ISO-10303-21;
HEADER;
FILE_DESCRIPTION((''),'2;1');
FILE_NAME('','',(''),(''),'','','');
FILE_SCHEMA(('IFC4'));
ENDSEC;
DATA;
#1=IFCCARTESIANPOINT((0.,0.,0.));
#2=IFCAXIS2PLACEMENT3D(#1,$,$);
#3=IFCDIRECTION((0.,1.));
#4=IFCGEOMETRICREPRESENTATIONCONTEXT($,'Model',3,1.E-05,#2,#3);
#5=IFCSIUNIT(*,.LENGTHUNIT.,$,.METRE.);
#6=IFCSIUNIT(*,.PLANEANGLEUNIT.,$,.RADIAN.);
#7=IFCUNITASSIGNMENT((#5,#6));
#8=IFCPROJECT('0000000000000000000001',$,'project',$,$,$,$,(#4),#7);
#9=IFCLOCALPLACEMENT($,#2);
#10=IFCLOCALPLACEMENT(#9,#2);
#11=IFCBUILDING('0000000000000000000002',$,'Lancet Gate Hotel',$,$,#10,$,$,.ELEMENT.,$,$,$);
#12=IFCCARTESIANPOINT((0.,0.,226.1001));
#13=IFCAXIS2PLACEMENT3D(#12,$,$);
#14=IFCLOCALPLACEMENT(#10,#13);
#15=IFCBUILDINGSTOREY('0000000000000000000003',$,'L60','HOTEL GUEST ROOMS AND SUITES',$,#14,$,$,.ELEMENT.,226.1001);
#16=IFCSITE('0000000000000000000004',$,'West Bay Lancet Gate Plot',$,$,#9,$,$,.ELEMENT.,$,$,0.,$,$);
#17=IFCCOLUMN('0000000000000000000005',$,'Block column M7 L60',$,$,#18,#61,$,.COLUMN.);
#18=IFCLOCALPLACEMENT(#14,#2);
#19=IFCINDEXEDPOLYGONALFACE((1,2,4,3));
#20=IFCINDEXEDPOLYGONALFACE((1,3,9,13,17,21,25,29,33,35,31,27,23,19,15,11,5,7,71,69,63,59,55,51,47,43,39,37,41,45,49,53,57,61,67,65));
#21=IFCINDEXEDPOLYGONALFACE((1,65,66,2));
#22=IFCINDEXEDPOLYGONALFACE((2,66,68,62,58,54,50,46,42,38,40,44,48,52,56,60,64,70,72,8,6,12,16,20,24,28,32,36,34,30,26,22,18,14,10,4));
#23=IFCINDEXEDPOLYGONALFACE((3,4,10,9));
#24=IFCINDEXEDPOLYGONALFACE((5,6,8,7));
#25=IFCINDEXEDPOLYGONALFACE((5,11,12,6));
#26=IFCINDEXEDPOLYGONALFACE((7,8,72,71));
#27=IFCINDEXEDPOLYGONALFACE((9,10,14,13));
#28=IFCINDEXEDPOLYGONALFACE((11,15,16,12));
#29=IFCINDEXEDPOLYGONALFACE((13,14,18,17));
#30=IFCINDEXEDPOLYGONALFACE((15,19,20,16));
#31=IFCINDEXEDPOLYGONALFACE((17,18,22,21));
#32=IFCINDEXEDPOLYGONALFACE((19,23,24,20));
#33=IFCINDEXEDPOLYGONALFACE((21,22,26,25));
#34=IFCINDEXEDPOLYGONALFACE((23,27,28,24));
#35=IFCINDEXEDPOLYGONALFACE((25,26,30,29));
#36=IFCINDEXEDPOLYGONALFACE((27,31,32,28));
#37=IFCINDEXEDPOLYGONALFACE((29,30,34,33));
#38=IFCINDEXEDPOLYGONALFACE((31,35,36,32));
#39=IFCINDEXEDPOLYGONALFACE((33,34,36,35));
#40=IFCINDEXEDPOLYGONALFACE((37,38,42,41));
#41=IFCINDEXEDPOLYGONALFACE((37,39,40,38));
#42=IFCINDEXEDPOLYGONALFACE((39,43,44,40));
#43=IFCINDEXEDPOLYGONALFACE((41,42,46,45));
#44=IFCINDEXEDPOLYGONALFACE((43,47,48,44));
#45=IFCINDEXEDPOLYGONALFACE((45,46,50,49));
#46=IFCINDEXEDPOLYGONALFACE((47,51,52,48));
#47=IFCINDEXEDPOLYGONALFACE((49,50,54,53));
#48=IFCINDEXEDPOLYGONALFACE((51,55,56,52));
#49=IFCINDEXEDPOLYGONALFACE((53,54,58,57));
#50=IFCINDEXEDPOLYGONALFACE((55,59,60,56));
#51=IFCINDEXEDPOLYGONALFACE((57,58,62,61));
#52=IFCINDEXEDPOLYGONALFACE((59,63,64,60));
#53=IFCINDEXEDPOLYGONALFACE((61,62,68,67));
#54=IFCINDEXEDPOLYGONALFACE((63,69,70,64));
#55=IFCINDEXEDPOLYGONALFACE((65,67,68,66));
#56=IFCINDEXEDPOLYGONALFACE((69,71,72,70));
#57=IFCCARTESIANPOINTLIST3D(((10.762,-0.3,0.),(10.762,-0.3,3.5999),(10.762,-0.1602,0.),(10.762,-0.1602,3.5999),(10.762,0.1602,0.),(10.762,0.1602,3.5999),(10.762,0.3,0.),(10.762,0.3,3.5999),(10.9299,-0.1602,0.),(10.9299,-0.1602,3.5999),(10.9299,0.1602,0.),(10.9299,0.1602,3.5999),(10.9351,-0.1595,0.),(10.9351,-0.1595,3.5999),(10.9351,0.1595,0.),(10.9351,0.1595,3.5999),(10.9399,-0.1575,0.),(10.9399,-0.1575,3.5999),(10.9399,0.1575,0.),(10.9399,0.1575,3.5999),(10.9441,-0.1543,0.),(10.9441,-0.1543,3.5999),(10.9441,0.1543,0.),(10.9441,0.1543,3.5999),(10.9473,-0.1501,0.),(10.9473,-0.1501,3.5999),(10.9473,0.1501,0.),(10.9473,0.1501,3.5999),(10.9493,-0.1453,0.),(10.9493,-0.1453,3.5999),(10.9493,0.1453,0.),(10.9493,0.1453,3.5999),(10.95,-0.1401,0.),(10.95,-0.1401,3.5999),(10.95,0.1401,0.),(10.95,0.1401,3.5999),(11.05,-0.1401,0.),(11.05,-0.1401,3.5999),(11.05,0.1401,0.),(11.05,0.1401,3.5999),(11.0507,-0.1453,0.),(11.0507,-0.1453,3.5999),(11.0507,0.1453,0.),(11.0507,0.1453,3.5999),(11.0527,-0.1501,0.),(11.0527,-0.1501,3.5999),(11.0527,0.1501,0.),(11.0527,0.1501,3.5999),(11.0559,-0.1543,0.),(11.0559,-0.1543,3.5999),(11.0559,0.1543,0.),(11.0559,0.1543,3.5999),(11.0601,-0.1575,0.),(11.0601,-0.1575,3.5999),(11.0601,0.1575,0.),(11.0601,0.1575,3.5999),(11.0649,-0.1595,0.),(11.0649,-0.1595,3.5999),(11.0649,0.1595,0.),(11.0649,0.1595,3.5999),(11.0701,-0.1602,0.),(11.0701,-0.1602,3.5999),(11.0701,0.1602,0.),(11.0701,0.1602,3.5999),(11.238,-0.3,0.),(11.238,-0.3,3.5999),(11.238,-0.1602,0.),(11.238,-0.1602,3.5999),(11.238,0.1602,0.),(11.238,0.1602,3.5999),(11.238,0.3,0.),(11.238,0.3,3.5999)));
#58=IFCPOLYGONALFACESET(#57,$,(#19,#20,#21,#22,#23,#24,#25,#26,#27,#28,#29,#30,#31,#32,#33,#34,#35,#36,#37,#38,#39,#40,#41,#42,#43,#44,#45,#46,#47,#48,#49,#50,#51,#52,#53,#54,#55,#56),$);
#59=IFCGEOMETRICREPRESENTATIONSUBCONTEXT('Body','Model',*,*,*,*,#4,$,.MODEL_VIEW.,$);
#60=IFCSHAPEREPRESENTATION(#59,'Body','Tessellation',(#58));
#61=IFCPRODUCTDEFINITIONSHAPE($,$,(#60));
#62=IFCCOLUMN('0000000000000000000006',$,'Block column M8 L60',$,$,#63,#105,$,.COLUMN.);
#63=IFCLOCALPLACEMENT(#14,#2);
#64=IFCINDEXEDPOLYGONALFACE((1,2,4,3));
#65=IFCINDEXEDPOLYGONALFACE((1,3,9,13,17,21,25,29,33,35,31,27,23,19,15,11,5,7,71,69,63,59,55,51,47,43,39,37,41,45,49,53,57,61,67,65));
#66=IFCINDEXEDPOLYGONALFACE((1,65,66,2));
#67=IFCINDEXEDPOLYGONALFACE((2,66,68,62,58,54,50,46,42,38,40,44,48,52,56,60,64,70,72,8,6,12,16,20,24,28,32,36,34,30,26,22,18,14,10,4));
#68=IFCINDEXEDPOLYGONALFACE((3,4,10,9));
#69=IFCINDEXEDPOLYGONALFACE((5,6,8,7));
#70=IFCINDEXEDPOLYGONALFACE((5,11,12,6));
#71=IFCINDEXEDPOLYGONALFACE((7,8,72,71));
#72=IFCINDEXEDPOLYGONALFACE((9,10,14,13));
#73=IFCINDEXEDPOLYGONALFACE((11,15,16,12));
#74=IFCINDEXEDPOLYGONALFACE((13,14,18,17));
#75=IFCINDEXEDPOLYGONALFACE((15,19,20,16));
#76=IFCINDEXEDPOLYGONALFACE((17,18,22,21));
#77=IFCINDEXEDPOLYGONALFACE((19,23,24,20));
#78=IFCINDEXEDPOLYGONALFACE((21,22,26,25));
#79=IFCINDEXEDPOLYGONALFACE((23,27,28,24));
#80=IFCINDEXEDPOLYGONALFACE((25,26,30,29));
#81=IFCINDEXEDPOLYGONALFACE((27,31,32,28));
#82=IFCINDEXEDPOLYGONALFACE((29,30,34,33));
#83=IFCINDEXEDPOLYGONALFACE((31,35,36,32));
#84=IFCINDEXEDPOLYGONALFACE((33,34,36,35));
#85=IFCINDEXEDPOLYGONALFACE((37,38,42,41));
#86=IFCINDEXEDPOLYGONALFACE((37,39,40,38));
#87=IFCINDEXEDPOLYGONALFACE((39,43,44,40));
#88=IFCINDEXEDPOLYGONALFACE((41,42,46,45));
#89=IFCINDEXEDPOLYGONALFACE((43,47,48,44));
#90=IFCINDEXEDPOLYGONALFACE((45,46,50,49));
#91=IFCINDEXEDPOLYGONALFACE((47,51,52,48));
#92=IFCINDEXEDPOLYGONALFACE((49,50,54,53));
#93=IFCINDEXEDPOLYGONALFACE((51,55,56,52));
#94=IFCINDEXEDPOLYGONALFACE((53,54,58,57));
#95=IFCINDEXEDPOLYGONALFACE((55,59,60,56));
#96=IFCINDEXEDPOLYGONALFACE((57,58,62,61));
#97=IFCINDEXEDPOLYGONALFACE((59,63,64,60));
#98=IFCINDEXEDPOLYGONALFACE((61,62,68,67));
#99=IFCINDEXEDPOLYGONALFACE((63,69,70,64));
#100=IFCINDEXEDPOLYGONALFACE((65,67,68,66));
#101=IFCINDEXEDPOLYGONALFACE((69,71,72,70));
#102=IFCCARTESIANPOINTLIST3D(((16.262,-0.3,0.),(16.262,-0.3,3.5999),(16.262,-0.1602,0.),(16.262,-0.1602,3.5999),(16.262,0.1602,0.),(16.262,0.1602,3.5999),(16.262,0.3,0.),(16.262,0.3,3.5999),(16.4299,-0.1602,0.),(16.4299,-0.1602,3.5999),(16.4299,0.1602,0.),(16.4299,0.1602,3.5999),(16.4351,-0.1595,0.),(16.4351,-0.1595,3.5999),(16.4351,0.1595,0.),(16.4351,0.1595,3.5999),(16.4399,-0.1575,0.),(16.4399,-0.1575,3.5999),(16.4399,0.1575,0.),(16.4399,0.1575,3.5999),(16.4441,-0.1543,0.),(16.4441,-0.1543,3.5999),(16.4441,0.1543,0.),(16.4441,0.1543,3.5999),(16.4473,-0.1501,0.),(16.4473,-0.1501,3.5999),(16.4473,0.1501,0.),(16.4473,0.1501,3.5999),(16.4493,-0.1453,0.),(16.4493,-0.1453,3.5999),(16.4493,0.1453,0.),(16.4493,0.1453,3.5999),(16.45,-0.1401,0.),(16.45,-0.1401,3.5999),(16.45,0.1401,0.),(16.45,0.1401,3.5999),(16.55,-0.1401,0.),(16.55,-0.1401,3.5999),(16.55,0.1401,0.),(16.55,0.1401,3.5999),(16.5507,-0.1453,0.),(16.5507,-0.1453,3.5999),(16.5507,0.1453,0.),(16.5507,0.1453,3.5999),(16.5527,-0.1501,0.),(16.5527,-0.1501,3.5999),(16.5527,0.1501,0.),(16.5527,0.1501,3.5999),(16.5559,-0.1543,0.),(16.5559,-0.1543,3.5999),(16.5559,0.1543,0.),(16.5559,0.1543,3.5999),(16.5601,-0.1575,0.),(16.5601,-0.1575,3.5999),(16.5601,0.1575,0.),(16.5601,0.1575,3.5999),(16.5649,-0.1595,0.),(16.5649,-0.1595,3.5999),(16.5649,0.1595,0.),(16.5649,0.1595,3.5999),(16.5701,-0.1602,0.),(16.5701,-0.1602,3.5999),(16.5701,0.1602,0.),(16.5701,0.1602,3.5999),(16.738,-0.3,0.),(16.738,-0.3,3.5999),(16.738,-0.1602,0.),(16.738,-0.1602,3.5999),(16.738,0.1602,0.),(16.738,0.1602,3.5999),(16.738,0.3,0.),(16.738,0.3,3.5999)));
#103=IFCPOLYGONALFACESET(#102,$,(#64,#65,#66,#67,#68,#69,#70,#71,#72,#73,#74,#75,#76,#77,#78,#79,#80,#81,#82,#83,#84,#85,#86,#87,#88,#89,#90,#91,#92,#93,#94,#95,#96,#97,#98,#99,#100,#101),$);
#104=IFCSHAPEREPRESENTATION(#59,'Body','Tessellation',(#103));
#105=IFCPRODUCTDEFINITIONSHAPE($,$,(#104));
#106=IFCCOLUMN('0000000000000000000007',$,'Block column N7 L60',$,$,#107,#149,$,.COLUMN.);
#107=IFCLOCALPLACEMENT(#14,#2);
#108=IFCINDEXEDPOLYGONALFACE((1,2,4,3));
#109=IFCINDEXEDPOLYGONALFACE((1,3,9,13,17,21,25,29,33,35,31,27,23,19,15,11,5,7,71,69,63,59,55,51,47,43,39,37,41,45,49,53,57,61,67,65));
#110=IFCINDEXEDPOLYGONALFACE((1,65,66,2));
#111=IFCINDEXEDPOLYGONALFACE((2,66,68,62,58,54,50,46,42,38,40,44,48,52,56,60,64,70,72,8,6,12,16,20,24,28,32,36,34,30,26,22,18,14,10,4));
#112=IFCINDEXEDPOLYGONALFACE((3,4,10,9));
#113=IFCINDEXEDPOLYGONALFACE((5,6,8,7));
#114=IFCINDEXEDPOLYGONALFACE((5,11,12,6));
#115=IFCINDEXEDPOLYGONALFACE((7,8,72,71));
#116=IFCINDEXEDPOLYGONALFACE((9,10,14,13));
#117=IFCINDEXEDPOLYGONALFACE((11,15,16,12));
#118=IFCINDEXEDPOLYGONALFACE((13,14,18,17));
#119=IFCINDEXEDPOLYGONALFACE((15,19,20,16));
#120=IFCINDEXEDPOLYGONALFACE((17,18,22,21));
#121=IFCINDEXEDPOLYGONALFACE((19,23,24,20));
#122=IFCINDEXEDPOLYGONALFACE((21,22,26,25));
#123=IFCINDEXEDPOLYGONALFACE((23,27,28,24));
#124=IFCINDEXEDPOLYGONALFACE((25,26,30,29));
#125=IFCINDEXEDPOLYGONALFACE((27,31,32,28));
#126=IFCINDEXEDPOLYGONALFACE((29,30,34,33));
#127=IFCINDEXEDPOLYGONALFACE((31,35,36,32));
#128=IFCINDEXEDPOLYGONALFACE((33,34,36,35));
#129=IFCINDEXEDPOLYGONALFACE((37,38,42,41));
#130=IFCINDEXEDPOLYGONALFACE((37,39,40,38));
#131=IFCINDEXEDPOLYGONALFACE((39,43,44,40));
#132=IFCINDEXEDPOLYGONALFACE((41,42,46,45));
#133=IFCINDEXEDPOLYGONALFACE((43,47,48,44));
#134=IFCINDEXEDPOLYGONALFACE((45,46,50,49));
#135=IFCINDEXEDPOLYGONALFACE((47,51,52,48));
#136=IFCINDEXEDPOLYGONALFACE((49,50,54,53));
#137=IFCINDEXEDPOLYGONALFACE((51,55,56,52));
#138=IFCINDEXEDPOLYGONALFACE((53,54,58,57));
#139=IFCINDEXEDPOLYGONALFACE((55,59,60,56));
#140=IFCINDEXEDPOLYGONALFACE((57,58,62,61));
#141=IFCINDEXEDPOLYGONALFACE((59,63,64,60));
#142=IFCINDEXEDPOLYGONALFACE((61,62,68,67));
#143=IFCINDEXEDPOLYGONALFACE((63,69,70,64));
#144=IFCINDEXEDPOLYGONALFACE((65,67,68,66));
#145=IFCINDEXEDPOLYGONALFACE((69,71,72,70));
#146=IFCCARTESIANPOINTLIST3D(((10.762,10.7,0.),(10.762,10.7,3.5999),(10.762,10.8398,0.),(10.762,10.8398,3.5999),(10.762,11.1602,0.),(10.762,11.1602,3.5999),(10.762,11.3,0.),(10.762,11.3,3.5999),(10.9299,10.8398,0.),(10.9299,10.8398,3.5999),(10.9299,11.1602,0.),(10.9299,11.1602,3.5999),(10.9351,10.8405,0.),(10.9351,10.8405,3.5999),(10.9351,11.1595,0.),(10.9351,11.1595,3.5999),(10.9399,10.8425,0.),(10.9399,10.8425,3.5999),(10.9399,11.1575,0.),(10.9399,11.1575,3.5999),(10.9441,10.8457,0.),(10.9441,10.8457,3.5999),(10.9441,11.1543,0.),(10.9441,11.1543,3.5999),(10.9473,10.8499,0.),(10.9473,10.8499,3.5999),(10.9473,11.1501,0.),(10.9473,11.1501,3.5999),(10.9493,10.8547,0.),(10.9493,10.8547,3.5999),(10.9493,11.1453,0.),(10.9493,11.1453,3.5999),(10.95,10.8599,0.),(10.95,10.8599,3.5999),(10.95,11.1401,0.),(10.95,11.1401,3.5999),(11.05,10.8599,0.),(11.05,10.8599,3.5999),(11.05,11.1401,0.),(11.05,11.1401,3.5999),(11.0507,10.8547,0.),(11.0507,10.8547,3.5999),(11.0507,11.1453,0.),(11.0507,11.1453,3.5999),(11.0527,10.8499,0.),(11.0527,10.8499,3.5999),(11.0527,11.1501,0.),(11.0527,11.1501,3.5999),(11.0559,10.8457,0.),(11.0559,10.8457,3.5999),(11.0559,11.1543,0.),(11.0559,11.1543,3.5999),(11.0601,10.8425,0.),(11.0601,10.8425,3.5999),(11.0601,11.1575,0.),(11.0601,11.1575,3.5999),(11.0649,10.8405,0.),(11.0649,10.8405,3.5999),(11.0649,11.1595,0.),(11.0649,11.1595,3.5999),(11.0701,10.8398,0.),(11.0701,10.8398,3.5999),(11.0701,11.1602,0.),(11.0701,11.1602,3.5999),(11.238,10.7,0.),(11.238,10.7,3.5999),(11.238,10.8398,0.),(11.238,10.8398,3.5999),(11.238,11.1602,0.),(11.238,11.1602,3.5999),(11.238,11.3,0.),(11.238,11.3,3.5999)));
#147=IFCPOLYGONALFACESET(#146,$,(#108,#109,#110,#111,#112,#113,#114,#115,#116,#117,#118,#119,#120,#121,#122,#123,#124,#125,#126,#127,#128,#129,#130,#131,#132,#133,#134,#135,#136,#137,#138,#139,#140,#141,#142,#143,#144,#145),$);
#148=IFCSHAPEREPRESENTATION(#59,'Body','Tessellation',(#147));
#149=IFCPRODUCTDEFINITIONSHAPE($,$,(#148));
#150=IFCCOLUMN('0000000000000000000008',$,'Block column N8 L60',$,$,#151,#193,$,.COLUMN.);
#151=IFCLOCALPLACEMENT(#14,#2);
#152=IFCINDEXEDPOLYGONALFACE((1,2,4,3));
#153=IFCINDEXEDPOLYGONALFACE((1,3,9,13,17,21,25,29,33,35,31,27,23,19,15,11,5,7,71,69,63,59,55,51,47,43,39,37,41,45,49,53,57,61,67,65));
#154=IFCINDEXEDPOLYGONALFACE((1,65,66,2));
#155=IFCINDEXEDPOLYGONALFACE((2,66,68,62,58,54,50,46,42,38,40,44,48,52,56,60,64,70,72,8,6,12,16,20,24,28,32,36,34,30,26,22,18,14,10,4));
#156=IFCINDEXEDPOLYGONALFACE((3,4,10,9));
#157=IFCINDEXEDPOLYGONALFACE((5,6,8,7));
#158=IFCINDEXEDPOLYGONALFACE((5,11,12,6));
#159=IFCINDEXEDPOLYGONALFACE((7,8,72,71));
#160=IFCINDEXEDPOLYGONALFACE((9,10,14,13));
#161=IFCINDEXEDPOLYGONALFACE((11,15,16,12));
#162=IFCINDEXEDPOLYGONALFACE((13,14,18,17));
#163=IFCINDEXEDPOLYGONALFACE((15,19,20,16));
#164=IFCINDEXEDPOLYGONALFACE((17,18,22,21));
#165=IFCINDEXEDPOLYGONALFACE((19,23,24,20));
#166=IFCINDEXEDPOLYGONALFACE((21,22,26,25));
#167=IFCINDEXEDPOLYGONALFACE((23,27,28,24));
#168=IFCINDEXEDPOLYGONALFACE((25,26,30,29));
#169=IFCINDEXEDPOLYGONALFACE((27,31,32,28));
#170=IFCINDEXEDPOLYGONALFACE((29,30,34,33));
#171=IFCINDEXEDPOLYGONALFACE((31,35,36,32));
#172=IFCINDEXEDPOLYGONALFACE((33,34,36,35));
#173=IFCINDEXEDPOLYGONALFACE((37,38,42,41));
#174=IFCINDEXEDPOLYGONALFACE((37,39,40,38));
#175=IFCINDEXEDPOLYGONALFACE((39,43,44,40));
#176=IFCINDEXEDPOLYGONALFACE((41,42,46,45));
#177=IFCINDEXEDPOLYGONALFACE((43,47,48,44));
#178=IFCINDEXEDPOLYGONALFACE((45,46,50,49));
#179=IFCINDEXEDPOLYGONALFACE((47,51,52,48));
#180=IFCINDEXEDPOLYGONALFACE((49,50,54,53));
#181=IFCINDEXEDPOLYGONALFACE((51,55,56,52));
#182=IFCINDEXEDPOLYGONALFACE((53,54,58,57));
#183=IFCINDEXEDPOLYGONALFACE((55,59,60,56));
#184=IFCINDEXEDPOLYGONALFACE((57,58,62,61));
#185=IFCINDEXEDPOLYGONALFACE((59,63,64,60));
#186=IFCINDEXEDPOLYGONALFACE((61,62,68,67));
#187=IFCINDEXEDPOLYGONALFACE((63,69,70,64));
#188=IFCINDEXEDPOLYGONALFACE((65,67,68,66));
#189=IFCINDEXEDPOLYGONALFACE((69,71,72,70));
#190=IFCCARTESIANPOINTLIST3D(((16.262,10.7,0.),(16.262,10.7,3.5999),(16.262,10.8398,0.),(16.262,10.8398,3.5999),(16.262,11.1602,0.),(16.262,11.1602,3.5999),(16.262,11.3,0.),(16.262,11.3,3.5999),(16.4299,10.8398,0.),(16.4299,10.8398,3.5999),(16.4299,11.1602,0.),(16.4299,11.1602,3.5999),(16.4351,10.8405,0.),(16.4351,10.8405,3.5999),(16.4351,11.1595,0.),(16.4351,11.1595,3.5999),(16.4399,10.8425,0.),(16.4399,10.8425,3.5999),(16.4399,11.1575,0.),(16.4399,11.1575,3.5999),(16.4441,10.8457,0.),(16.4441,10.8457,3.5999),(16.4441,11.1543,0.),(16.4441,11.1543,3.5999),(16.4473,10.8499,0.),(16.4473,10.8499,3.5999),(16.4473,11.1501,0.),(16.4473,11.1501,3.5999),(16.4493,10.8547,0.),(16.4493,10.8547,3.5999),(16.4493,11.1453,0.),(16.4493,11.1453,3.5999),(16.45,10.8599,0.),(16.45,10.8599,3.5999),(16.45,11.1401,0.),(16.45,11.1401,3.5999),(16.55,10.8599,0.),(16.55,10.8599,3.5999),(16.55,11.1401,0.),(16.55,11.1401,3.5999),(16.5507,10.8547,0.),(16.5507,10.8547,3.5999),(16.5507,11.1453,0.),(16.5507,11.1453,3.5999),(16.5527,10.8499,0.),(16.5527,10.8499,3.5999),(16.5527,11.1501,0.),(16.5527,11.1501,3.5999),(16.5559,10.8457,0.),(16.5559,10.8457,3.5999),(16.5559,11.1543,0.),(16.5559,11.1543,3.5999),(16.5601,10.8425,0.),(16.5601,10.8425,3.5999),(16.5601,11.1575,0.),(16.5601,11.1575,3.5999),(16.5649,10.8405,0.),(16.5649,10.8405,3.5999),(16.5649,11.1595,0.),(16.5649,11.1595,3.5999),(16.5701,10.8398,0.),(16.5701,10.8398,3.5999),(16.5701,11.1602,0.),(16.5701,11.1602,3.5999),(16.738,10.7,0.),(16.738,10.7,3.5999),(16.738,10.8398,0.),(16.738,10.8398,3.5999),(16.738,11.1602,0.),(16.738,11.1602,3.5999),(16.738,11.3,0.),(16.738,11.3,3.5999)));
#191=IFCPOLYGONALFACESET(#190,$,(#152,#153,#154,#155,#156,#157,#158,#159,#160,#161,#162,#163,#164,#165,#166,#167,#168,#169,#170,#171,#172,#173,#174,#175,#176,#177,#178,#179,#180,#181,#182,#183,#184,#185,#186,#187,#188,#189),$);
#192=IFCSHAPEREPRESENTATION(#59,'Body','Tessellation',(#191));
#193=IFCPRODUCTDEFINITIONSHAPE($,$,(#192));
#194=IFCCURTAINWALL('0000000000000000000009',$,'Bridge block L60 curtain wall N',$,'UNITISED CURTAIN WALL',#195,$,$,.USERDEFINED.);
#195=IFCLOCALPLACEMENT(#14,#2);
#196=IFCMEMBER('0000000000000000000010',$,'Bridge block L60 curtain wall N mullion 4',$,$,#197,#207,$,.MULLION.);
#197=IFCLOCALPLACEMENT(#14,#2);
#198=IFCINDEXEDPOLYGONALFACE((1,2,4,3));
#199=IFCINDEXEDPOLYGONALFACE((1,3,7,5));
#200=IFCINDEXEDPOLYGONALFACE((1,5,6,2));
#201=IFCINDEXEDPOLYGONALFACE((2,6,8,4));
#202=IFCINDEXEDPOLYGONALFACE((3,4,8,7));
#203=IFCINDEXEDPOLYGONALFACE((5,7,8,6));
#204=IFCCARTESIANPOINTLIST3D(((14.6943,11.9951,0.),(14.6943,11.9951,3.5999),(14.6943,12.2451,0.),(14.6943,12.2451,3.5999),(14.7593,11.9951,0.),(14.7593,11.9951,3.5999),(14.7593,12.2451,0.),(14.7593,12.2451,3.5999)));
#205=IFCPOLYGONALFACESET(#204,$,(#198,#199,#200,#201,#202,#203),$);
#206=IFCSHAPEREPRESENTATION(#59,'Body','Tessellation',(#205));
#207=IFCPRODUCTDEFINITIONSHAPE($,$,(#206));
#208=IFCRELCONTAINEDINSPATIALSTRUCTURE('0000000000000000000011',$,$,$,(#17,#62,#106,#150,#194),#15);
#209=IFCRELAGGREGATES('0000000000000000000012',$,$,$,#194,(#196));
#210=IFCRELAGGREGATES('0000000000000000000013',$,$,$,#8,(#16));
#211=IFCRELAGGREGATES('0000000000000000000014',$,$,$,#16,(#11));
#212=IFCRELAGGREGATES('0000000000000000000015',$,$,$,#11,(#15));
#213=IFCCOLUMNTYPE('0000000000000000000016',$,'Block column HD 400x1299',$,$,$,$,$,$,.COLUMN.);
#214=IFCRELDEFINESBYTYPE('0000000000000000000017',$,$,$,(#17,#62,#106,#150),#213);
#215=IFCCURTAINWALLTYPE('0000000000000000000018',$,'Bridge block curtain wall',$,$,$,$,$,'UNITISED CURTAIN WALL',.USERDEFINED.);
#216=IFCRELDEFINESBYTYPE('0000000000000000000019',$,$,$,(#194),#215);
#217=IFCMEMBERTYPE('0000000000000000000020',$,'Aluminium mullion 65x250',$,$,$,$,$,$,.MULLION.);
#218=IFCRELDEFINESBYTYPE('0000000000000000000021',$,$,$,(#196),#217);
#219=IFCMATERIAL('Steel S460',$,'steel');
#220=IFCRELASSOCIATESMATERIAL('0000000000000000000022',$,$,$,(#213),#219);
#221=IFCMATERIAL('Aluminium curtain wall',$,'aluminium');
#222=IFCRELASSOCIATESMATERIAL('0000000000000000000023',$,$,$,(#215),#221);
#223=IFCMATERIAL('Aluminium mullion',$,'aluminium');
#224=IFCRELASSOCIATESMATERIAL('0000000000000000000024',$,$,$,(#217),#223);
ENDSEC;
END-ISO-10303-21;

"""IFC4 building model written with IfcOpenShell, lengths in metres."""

from ifc_helpers import new_model, si_unit, direction, frame, origin, origin_2d, place, context, subcontext, project, spatial, rectangle, i_section, extrude, material, material_profile, profile_set, type_object, element, aggregate, save


model = new_model("IFC4")

# Units and contexts
model_context = context("Model", 3, precision=1e-05, world=origin(), true_north=direction((0.0, 1.0)))
body_context = subcontext(model_context, "Body", "Model", "MODEL_VIEW")
ifc_project = project(units=[si_unit("LENGTHUNIT", "METRE"), si_unit("PLANEANGLEUNIT", "RADIAN")], contexts=[model_context])

# Site, building, storey
site_placement = place(None, origin())
site = spatial("IfcSite", under=ifc_project, at=site_placement, Name="West Bay Lancet Gate Plot", CompositionType="ELEMENT", RefElevation=0.0)
building_placement = place(site_placement, origin())
building = spatial("IfcBuilding", under=site, at=building_placement, Name="Lancet Gate Hotel", CompositionType="ELEMENT")
storey_placement = place(building_placement, frame((0.0, 0.0, 226.1001)))
storey = spatial("IfcBuildingStorey", under=building, at=storey_placement, Name="L60", Description="HOTEL GUEST ROOMS AND SUITES", CompositionType="ELEMENT", Elevation=226.1001)

# Columns
ifc_material_1 = material(Name="Steel S460", Category="steel")
ifc_material_profile_1 = material_profile(ifc_material_1, i_section(OverallWidth=0.4761, OverallDepth=0.6001, WebThickness=0.1001, FlangeThickness=0.1399, FilletRadius=0.02, at=origin_2d()), Name="HD 400x1299")
ifc_profile_set_1 = profile_set([ifc_material_profile_1], Name="Steel S460")
column_type = type_object("IfcColumnType", Name="Block column HD 400x1299", PredefinedType="COLUMN", material=ifc_profile_set_1)
for number, where, z_axis, x_axis, name in (
    (1, (11.0, 0.0, 0.0), (0.0, 0.0, 1.0), (1.0, 0.0, 0.0), "Block column M7 L60"),
    (2, (16.5, 0.0, 0.0), (0.0, 0.0, 1.0), (1.0, 0.0, 0.0), "Block column M8 L60"),
    (3, (11.0, 11.0, 0.0), (0.0, 0.0, 1.0), (1.0, 0.0, 0.0), "Block column N7 L60"),
    (4, (16.5, 11.0, 0.0), (0.0, 0.0, 1.0), (1.0, 0.0, 0.0), "Block column N8 L60"),
):
    element("IfcColumn", number, at=place(storey_placement, frame(where, z_axis=z_axis, x_axis=x_axis)), inside=storey, type_object=column_type, Name=name, PredefinedType="COLUMN", context=body_context, shape_type="SweptSolid", body=[
        extrude(i_section(OverallWidth=0.4761, OverallDepth=0.6001, WebThickness=0.1001, FlangeThickness=0.1399, FilletRadius=0.02, at=origin_2d()), origin(), (0.0, 0.0, 1.0), 3.5999),
    ])

# Curtain wall, member
ifc_material_2 = material(Name="Aluminium curtain wall", Category="aluminium")
curtain_wall_type = type_object("IfcCurtainWallType", Name="Bridge block curtain wall", ElementType="UNITISED CURTAIN WALL", PredefinedType="USERDEFINED", material=ifc_material_2)
curtain_wall_placement = place(storey_placement, origin())
curtain_wall = element("IfcCurtainWall", 5, at=curtain_wall_placement, inside=storey, type_object=curtain_wall_type, Name="Bridge block L60 curtain wall N", ObjectType="UNITISED CURTAIN WALL", PredefinedType="USERDEFINED")
ifc_material_3 = material(Name="Aluminium mullion", Category="aluminium")
ifc_material_profile_2 = material_profile(ifc_material_3, rectangle(XDim=0.0649, YDim=0.25, at=origin_2d()), Name="MULLION 65x250")
ifc_profile_set_2 = profile_set([ifc_material_profile_2], Name="Aluminium mullion")
member_type_1 = type_object("IfcMemberType", Name="Aluminium mullion 65x250", PredefinedType="MULLION", material=ifc_profile_set_2)
member_1_placement = place(storey_placement, frame((14.7268, 12.1201, 0.0), z_axis=(0.0, 0.0, 1.0), x_axis=(-1.0, 0.0, 0.0)))
member_1 = element("IfcMember", 6, at=member_1_placement, type_object=member_type_1, Name="Bridge block L60 curtain wall N mullion 4", PredefinedType="MULLION", context=body_context, shape_type="SweptSolid", body=[
    extrude(rectangle(XDim=0.0649, YDim=0.25, at=origin_2d()), origin(), (0.0, 0.0, 1.0), 3.5999),
])

aggregate(curtain_wall, [member_1])

save(model, "model.ifc")
